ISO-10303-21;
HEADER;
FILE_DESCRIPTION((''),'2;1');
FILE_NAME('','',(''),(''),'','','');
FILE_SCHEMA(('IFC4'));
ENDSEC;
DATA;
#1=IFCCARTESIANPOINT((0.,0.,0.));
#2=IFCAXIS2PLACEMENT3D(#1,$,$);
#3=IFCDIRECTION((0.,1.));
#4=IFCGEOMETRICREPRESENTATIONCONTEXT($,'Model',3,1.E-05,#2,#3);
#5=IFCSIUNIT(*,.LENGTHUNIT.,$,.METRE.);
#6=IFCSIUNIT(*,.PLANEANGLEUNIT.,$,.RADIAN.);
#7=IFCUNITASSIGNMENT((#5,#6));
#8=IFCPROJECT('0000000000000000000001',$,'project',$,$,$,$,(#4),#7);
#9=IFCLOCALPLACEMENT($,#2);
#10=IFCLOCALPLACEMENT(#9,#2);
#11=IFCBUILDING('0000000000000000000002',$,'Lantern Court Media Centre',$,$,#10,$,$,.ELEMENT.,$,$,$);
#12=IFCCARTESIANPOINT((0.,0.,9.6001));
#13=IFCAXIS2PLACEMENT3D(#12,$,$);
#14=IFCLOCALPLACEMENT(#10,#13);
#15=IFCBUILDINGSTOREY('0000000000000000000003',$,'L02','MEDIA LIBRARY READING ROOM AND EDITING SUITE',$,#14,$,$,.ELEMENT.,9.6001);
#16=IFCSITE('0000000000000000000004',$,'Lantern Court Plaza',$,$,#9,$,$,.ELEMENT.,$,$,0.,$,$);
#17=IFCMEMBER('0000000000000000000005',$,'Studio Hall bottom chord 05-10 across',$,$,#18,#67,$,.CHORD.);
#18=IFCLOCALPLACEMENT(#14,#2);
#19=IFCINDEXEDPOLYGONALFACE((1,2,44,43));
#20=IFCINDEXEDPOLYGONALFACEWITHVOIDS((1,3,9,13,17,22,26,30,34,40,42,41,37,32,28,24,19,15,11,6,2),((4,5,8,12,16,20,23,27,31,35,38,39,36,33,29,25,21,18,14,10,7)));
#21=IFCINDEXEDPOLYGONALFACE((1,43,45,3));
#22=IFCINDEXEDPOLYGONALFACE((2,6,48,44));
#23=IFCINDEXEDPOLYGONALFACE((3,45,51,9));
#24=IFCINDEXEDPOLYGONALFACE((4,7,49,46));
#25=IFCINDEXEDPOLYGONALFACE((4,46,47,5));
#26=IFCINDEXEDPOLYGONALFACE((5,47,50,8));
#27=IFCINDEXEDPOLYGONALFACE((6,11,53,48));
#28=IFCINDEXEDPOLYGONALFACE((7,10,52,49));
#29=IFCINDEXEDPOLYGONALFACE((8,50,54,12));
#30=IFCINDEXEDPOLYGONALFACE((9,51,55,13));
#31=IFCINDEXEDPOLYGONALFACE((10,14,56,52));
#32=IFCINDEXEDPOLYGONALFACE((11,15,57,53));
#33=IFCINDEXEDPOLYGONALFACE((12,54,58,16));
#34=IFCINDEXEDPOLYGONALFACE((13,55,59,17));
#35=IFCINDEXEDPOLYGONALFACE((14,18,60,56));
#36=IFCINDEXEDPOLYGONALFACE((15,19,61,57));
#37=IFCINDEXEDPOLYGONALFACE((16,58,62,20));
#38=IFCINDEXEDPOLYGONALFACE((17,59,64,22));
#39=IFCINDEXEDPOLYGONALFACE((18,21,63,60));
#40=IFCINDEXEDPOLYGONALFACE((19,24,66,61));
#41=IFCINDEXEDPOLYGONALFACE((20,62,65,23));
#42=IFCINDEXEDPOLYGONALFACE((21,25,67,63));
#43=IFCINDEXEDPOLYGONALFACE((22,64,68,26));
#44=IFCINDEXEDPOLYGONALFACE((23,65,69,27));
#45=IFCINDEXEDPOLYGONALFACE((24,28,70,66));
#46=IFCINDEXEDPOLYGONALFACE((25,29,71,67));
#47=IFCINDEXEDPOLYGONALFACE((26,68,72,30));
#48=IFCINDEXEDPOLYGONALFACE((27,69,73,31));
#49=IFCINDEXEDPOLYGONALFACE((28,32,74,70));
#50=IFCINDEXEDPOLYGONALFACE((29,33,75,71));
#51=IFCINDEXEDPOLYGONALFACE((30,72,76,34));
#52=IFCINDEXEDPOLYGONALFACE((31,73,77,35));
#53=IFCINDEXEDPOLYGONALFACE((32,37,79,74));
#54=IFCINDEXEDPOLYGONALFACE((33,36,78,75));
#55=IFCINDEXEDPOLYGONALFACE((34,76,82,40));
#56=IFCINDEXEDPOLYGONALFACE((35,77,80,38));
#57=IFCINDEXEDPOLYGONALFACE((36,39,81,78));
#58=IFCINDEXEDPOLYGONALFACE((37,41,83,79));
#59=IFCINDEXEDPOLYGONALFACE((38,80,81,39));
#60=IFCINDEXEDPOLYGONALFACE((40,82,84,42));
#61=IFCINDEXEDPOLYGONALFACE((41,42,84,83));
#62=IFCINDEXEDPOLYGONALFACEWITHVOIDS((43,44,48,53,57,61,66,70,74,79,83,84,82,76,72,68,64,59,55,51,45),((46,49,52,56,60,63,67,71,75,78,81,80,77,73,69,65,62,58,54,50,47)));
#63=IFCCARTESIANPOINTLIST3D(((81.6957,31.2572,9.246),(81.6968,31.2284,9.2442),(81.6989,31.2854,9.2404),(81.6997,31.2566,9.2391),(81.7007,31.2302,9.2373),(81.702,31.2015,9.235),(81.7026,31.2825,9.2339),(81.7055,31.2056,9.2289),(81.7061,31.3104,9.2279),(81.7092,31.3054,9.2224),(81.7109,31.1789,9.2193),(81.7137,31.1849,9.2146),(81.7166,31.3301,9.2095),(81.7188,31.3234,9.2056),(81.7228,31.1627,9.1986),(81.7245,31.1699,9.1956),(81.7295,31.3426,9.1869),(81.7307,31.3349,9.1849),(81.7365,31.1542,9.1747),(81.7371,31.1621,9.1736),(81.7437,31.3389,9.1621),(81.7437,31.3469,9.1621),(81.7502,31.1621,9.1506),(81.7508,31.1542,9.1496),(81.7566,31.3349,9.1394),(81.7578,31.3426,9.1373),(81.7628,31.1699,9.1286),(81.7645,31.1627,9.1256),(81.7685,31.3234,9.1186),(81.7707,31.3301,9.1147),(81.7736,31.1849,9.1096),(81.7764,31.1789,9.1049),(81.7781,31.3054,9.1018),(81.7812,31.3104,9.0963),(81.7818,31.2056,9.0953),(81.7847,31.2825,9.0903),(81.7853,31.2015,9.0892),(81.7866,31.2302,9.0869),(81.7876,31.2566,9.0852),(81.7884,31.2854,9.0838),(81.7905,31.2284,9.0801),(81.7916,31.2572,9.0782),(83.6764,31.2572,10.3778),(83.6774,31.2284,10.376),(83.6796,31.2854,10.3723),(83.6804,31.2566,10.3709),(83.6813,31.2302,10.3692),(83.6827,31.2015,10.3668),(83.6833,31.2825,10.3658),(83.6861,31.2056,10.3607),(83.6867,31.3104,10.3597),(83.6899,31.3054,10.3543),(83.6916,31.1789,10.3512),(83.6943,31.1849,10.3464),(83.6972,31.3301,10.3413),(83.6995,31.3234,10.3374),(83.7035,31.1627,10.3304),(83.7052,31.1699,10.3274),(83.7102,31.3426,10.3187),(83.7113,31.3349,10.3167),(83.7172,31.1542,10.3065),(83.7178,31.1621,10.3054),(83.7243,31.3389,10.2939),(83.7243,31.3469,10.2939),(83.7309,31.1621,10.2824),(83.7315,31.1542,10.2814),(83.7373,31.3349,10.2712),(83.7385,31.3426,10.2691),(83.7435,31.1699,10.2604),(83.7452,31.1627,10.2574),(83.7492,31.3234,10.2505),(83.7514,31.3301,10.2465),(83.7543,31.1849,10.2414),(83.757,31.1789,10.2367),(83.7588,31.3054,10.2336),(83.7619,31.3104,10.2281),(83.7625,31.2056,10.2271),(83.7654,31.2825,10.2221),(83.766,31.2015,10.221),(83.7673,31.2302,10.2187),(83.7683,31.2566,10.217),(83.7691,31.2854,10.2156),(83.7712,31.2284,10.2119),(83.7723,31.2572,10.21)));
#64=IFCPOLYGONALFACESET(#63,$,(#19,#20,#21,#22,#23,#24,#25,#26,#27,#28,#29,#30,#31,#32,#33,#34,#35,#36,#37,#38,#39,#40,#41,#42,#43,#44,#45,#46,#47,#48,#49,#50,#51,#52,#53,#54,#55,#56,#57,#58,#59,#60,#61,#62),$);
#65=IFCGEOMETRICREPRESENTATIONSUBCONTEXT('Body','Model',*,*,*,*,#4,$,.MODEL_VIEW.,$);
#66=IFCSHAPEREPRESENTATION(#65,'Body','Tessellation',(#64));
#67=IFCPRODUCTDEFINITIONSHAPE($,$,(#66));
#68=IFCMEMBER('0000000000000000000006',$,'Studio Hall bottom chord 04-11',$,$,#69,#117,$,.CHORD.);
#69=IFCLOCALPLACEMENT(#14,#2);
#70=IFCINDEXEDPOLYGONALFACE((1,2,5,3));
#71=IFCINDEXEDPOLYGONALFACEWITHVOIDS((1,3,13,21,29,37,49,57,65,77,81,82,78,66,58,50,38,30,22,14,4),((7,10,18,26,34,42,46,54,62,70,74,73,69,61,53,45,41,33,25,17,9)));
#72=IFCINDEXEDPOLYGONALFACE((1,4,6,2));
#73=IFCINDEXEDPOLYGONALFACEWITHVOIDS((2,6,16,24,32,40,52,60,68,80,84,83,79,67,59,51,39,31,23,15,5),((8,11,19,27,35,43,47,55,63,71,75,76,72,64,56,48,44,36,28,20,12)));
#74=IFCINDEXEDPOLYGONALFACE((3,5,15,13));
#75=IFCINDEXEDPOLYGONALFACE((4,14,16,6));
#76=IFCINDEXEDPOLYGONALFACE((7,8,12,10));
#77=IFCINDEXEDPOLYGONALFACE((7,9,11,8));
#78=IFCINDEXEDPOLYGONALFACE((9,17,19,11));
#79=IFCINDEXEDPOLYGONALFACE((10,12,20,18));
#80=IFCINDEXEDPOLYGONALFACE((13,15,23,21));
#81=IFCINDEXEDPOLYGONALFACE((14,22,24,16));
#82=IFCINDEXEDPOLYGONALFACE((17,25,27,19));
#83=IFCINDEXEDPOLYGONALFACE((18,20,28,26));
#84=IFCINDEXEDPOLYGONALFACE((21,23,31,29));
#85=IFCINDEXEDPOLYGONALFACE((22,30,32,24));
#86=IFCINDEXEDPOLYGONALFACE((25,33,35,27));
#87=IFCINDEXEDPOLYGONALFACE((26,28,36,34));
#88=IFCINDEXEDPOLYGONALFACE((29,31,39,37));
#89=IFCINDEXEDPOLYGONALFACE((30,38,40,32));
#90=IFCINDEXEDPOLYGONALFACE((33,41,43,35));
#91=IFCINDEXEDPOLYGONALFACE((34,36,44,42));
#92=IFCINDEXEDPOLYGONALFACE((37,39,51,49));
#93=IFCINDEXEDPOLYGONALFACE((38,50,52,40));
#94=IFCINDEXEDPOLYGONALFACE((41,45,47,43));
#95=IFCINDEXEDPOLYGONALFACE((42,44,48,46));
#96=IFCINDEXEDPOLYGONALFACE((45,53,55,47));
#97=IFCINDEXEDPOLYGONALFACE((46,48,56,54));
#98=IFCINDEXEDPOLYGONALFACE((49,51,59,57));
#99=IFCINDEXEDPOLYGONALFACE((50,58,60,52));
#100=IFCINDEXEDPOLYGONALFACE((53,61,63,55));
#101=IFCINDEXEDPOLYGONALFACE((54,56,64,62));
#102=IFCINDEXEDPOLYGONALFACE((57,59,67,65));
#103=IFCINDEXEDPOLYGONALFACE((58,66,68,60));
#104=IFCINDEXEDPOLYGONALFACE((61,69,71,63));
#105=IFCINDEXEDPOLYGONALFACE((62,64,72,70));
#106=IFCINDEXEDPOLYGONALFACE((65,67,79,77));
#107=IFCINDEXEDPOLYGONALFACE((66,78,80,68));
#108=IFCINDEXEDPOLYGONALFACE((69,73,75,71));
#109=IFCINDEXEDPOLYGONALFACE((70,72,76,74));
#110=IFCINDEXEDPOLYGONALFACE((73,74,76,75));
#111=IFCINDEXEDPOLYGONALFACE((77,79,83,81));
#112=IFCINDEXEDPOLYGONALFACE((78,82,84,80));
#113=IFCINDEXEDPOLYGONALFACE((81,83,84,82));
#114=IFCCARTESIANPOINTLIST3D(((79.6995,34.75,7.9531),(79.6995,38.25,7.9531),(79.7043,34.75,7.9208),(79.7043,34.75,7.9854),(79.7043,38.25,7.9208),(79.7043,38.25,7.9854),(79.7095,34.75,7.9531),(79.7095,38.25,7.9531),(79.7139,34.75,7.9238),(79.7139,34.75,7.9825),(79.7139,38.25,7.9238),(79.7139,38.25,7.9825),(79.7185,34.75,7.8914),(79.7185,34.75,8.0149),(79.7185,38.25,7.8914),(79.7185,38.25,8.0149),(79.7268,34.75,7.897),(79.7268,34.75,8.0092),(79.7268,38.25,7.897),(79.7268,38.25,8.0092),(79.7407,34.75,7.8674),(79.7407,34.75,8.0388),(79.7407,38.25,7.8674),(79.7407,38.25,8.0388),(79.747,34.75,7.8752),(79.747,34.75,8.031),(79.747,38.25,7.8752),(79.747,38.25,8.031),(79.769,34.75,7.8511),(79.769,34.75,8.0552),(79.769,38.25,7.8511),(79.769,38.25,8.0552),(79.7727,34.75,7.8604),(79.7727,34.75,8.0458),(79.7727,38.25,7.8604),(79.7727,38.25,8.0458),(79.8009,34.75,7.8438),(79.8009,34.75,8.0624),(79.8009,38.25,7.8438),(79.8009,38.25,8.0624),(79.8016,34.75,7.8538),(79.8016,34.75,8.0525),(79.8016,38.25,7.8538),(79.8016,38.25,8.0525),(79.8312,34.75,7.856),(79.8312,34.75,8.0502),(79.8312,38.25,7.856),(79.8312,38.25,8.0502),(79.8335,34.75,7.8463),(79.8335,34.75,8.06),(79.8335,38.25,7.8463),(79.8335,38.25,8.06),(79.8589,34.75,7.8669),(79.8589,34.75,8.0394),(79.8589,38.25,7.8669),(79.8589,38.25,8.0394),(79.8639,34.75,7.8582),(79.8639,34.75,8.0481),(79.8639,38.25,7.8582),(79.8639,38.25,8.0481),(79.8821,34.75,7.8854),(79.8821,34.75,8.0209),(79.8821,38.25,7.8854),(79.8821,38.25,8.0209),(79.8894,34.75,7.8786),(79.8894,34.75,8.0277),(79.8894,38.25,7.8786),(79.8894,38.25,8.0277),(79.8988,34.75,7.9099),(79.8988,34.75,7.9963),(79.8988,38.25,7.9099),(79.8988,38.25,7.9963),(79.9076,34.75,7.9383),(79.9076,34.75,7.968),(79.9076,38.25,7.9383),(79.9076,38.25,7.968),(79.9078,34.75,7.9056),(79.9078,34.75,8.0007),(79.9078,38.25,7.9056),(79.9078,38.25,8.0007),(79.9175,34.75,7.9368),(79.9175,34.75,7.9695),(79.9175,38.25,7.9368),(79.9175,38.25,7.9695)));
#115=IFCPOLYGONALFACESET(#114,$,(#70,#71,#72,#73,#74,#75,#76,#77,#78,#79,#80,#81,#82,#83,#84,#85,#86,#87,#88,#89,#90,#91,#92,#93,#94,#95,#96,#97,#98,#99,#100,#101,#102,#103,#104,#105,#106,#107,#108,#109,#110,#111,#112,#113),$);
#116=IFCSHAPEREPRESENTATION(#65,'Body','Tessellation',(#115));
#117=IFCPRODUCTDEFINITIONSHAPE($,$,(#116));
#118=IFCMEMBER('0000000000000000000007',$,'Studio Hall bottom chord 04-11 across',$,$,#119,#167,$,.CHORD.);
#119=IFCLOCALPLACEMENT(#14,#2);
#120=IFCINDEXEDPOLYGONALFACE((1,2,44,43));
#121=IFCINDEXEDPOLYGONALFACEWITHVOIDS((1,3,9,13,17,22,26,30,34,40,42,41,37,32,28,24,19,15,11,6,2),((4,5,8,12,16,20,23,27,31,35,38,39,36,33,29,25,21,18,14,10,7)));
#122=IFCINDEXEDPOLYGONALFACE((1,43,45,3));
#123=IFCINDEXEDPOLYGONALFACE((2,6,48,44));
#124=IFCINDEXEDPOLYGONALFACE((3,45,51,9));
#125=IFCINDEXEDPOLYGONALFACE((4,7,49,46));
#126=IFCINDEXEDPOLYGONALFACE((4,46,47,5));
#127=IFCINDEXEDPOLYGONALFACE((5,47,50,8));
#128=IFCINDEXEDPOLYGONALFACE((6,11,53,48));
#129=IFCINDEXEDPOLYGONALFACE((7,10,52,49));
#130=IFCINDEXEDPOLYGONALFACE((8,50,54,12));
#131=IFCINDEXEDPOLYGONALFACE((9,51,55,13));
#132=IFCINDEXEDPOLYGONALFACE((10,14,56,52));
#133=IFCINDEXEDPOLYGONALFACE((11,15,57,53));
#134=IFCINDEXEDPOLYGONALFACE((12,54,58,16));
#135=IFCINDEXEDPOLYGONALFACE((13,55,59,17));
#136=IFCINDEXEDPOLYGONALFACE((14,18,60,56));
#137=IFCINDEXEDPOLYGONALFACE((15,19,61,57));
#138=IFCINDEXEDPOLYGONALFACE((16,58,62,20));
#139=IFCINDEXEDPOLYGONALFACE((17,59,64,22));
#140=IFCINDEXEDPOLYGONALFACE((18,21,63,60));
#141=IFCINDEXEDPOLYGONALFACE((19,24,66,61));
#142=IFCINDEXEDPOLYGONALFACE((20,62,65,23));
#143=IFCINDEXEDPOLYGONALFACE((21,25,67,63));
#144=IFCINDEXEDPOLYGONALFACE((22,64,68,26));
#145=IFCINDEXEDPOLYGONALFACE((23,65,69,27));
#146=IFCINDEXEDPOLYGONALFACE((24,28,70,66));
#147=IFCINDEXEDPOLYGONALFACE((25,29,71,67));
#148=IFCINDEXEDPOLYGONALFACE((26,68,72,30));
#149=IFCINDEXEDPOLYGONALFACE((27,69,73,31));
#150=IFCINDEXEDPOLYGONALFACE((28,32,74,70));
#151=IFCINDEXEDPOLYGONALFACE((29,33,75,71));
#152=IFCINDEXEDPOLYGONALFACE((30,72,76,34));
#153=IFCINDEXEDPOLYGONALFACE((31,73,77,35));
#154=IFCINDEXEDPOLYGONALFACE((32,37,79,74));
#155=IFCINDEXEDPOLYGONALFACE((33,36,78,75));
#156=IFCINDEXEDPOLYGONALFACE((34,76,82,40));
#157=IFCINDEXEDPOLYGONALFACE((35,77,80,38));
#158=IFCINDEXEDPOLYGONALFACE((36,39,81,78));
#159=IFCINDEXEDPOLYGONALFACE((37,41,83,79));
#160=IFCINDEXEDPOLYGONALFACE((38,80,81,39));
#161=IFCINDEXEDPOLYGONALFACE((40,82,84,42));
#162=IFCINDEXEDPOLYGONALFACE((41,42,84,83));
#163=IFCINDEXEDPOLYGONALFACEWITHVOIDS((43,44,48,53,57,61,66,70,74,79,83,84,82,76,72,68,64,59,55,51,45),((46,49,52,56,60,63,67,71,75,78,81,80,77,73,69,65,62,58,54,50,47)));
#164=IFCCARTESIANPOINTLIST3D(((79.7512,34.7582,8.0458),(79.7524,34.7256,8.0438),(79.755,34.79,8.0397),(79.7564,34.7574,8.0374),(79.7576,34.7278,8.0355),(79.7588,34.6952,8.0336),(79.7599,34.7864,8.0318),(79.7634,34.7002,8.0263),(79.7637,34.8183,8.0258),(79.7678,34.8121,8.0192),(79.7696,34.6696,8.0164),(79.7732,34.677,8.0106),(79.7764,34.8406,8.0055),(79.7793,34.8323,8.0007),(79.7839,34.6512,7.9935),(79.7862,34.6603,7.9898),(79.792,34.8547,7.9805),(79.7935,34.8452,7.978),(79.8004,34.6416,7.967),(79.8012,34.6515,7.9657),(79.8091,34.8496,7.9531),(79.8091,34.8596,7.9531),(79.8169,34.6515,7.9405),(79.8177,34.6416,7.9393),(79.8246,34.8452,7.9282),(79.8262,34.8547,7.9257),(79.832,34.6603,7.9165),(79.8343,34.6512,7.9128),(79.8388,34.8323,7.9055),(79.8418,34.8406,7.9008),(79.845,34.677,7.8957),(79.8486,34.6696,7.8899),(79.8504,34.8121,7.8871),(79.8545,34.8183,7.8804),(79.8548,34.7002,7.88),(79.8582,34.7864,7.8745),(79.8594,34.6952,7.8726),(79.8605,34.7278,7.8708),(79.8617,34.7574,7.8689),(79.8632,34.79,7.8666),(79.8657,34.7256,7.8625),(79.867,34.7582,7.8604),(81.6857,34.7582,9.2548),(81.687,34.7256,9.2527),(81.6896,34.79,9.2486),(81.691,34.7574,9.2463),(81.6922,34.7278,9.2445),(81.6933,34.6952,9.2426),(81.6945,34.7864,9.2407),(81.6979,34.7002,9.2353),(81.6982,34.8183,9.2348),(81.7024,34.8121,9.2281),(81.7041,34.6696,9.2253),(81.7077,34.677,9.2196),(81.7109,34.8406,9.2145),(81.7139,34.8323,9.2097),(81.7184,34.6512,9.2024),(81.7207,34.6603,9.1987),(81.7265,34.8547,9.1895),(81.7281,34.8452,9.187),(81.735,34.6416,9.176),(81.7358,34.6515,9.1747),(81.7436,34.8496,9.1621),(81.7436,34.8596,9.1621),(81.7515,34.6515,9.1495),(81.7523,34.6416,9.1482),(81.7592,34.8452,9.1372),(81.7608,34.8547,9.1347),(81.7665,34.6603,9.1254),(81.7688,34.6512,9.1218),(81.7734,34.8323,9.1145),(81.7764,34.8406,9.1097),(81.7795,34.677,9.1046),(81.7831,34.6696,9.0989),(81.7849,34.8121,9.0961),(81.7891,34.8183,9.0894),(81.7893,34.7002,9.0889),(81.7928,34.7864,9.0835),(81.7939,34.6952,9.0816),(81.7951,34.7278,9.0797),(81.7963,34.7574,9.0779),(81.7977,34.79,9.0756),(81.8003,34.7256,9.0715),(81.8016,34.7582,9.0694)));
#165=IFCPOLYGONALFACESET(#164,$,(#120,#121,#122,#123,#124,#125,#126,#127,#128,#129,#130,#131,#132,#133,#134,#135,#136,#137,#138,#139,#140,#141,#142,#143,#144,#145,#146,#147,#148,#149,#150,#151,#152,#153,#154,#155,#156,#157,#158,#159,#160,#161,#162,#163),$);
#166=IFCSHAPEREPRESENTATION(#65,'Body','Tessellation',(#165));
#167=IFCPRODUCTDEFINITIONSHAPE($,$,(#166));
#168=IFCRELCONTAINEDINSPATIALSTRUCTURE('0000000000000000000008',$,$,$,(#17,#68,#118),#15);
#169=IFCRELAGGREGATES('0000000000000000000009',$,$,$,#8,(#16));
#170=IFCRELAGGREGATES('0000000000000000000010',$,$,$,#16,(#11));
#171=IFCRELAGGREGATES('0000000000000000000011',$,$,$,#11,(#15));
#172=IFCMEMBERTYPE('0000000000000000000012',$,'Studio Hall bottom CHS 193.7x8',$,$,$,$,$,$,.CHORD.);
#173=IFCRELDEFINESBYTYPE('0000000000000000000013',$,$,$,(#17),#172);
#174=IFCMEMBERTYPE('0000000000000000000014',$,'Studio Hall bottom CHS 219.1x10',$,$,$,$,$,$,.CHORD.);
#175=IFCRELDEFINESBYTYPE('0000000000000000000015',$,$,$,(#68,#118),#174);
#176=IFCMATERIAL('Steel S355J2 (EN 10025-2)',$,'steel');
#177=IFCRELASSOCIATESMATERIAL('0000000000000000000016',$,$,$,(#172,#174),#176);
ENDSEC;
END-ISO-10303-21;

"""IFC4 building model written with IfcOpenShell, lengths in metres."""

from ifc_helpers import new_model, si_unit, direction, frame, origin, origin_2d, place, context, subcontext, project, spatial, hollow_circle, extrude, material, material_profile, profile_set, type_object, element, save


model = new_model("IFC4")

# Units and contexts
model_context = context("Model", 3, precision=1e-05, world=origin(), true_north=direction((0.0, 1.0)))
body_context = subcontext(model_context, "Body", "Model", "MODEL_VIEW")
ifc_project = project(units=[si_unit("LENGTHUNIT", "METRE"), si_unit("PLANEANGLEUNIT", "RADIAN")], contexts=[model_context])

# Site, building, storey
site_placement = place(None, origin())
site = spatial("IfcSite", under=ifc_project, at=site_placement, Name="Lantern Court Plaza", CompositionType="ELEMENT", RefElevation=0.0)
building_placement = place(site_placement, origin())
building = spatial("IfcBuilding", under=site, at=building_placement, Name="Lantern Court Media Centre", CompositionType="ELEMENT")
storey_placement = place(building_placement, frame((0.0, 0.0, 9.6001)))
storey = spatial("IfcBuildingStorey", under=building, at=storey_placement, Name="L02", Description="MEDIA LIBRARY READING ROOM AND EDITING SUITE", CompositionType="ELEMENT", Elevation=9.6001)

# Members
ifc_material = material(Name="Steel S355J2 (EN 10025-2)", Category="steel")
ifc_material_profile_1 = material_profile(ifc_material, hollow_circle(Radius=0.0969, WallThickness=0.0081, at=origin_2d()), Name="Studio Hall bottom CHS 193.7x8")
ifc_profile_set_1 = profile_set([ifc_material_profile_1], Name="Steel S355J2 (EN 10025-2)")
member_type_1 = type_object("IfcMemberType", Name="Studio Hall bottom CHS 193.7x8", PredefinedType="CHORD", material=ifc_profile_set_1)
member_1_placement = place(storey_placement, frame((81.7437, 31.25, 9.1621), z_axis=(0.868243, 0.0, 0.496139), x_axis=(0.0, 1.0, 0.0)))
element("IfcMember", 1, at=member_1_placement, inside=storey, type_object=member_type_1, Name="Studio Hall bottom chord 05-10 across", PredefinedType="CHORD", context=body_context, shape_type="SweptSolid", body=[
    extrude(hollow_circle(Radius=0.0969, WallThickness=0.0081, at=origin_2d()), origin(), (0.0, 0.0, 1.0), 2.2812),
])
ifc_material_profile_2 = material_profile(ifc_material, hollow_circle(Radius=0.1096, WallThickness=0.01, at=origin_2d()), Name="Studio Hall bottom CHS 219.1x10")
ifc_profile_set_2 = profile_set([ifc_material_profile_2], Name="Steel S355J2 (EN 10025-2)")
member_type_2 = type_object("IfcMemberType", Name="Studio Hall bottom CHS 219.1x10", PredefinedType="CHORD", material=ifc_profile_set_2)
member_2_placement = place(storey_placement, frame((79.8091, 34.75, 7.9531), z_axis=(0.0, 1.0, 0.0), x_axis=(-1.0, 0.0, 0.0)))
element("IfcMember", 2, at=member_2_placement, inside=storey, type_object=member_type_2, Name="Studio Hall bottom chord 04-11", PredefinedType="CHORD", context=body_context, shape_type="SweptSolid", body=[
    extrude(hollow_circle(Radius=0.1096, WallThickness=0.01, at=origin_2d()), origin(), (0.0, 0.0, 1.0), 3.5),
])
member_3_placement = place(storey_placement, frame((79.8091, 34.75, 7.9531), z_axis=(0.848022, 0.0, 0.52996), x_axis=(0.0, 1.0, 0.0)))
element("IfcMember", 3, at=member_3_placement, inside=storey, type_object=member_type_2, Name="Studio Hall bottom chord 04-11 across", PredefinedType="CHORD", context=body_context, shape_type="SweptSolid", body=[
    extrude(hollow_circle(Radius=0.1096, WallThickness=0.01, at=origin_2d()), origin(), (0.0, 0.0, 1.0), 2.2812),
])

save(model, "model.ifc")
